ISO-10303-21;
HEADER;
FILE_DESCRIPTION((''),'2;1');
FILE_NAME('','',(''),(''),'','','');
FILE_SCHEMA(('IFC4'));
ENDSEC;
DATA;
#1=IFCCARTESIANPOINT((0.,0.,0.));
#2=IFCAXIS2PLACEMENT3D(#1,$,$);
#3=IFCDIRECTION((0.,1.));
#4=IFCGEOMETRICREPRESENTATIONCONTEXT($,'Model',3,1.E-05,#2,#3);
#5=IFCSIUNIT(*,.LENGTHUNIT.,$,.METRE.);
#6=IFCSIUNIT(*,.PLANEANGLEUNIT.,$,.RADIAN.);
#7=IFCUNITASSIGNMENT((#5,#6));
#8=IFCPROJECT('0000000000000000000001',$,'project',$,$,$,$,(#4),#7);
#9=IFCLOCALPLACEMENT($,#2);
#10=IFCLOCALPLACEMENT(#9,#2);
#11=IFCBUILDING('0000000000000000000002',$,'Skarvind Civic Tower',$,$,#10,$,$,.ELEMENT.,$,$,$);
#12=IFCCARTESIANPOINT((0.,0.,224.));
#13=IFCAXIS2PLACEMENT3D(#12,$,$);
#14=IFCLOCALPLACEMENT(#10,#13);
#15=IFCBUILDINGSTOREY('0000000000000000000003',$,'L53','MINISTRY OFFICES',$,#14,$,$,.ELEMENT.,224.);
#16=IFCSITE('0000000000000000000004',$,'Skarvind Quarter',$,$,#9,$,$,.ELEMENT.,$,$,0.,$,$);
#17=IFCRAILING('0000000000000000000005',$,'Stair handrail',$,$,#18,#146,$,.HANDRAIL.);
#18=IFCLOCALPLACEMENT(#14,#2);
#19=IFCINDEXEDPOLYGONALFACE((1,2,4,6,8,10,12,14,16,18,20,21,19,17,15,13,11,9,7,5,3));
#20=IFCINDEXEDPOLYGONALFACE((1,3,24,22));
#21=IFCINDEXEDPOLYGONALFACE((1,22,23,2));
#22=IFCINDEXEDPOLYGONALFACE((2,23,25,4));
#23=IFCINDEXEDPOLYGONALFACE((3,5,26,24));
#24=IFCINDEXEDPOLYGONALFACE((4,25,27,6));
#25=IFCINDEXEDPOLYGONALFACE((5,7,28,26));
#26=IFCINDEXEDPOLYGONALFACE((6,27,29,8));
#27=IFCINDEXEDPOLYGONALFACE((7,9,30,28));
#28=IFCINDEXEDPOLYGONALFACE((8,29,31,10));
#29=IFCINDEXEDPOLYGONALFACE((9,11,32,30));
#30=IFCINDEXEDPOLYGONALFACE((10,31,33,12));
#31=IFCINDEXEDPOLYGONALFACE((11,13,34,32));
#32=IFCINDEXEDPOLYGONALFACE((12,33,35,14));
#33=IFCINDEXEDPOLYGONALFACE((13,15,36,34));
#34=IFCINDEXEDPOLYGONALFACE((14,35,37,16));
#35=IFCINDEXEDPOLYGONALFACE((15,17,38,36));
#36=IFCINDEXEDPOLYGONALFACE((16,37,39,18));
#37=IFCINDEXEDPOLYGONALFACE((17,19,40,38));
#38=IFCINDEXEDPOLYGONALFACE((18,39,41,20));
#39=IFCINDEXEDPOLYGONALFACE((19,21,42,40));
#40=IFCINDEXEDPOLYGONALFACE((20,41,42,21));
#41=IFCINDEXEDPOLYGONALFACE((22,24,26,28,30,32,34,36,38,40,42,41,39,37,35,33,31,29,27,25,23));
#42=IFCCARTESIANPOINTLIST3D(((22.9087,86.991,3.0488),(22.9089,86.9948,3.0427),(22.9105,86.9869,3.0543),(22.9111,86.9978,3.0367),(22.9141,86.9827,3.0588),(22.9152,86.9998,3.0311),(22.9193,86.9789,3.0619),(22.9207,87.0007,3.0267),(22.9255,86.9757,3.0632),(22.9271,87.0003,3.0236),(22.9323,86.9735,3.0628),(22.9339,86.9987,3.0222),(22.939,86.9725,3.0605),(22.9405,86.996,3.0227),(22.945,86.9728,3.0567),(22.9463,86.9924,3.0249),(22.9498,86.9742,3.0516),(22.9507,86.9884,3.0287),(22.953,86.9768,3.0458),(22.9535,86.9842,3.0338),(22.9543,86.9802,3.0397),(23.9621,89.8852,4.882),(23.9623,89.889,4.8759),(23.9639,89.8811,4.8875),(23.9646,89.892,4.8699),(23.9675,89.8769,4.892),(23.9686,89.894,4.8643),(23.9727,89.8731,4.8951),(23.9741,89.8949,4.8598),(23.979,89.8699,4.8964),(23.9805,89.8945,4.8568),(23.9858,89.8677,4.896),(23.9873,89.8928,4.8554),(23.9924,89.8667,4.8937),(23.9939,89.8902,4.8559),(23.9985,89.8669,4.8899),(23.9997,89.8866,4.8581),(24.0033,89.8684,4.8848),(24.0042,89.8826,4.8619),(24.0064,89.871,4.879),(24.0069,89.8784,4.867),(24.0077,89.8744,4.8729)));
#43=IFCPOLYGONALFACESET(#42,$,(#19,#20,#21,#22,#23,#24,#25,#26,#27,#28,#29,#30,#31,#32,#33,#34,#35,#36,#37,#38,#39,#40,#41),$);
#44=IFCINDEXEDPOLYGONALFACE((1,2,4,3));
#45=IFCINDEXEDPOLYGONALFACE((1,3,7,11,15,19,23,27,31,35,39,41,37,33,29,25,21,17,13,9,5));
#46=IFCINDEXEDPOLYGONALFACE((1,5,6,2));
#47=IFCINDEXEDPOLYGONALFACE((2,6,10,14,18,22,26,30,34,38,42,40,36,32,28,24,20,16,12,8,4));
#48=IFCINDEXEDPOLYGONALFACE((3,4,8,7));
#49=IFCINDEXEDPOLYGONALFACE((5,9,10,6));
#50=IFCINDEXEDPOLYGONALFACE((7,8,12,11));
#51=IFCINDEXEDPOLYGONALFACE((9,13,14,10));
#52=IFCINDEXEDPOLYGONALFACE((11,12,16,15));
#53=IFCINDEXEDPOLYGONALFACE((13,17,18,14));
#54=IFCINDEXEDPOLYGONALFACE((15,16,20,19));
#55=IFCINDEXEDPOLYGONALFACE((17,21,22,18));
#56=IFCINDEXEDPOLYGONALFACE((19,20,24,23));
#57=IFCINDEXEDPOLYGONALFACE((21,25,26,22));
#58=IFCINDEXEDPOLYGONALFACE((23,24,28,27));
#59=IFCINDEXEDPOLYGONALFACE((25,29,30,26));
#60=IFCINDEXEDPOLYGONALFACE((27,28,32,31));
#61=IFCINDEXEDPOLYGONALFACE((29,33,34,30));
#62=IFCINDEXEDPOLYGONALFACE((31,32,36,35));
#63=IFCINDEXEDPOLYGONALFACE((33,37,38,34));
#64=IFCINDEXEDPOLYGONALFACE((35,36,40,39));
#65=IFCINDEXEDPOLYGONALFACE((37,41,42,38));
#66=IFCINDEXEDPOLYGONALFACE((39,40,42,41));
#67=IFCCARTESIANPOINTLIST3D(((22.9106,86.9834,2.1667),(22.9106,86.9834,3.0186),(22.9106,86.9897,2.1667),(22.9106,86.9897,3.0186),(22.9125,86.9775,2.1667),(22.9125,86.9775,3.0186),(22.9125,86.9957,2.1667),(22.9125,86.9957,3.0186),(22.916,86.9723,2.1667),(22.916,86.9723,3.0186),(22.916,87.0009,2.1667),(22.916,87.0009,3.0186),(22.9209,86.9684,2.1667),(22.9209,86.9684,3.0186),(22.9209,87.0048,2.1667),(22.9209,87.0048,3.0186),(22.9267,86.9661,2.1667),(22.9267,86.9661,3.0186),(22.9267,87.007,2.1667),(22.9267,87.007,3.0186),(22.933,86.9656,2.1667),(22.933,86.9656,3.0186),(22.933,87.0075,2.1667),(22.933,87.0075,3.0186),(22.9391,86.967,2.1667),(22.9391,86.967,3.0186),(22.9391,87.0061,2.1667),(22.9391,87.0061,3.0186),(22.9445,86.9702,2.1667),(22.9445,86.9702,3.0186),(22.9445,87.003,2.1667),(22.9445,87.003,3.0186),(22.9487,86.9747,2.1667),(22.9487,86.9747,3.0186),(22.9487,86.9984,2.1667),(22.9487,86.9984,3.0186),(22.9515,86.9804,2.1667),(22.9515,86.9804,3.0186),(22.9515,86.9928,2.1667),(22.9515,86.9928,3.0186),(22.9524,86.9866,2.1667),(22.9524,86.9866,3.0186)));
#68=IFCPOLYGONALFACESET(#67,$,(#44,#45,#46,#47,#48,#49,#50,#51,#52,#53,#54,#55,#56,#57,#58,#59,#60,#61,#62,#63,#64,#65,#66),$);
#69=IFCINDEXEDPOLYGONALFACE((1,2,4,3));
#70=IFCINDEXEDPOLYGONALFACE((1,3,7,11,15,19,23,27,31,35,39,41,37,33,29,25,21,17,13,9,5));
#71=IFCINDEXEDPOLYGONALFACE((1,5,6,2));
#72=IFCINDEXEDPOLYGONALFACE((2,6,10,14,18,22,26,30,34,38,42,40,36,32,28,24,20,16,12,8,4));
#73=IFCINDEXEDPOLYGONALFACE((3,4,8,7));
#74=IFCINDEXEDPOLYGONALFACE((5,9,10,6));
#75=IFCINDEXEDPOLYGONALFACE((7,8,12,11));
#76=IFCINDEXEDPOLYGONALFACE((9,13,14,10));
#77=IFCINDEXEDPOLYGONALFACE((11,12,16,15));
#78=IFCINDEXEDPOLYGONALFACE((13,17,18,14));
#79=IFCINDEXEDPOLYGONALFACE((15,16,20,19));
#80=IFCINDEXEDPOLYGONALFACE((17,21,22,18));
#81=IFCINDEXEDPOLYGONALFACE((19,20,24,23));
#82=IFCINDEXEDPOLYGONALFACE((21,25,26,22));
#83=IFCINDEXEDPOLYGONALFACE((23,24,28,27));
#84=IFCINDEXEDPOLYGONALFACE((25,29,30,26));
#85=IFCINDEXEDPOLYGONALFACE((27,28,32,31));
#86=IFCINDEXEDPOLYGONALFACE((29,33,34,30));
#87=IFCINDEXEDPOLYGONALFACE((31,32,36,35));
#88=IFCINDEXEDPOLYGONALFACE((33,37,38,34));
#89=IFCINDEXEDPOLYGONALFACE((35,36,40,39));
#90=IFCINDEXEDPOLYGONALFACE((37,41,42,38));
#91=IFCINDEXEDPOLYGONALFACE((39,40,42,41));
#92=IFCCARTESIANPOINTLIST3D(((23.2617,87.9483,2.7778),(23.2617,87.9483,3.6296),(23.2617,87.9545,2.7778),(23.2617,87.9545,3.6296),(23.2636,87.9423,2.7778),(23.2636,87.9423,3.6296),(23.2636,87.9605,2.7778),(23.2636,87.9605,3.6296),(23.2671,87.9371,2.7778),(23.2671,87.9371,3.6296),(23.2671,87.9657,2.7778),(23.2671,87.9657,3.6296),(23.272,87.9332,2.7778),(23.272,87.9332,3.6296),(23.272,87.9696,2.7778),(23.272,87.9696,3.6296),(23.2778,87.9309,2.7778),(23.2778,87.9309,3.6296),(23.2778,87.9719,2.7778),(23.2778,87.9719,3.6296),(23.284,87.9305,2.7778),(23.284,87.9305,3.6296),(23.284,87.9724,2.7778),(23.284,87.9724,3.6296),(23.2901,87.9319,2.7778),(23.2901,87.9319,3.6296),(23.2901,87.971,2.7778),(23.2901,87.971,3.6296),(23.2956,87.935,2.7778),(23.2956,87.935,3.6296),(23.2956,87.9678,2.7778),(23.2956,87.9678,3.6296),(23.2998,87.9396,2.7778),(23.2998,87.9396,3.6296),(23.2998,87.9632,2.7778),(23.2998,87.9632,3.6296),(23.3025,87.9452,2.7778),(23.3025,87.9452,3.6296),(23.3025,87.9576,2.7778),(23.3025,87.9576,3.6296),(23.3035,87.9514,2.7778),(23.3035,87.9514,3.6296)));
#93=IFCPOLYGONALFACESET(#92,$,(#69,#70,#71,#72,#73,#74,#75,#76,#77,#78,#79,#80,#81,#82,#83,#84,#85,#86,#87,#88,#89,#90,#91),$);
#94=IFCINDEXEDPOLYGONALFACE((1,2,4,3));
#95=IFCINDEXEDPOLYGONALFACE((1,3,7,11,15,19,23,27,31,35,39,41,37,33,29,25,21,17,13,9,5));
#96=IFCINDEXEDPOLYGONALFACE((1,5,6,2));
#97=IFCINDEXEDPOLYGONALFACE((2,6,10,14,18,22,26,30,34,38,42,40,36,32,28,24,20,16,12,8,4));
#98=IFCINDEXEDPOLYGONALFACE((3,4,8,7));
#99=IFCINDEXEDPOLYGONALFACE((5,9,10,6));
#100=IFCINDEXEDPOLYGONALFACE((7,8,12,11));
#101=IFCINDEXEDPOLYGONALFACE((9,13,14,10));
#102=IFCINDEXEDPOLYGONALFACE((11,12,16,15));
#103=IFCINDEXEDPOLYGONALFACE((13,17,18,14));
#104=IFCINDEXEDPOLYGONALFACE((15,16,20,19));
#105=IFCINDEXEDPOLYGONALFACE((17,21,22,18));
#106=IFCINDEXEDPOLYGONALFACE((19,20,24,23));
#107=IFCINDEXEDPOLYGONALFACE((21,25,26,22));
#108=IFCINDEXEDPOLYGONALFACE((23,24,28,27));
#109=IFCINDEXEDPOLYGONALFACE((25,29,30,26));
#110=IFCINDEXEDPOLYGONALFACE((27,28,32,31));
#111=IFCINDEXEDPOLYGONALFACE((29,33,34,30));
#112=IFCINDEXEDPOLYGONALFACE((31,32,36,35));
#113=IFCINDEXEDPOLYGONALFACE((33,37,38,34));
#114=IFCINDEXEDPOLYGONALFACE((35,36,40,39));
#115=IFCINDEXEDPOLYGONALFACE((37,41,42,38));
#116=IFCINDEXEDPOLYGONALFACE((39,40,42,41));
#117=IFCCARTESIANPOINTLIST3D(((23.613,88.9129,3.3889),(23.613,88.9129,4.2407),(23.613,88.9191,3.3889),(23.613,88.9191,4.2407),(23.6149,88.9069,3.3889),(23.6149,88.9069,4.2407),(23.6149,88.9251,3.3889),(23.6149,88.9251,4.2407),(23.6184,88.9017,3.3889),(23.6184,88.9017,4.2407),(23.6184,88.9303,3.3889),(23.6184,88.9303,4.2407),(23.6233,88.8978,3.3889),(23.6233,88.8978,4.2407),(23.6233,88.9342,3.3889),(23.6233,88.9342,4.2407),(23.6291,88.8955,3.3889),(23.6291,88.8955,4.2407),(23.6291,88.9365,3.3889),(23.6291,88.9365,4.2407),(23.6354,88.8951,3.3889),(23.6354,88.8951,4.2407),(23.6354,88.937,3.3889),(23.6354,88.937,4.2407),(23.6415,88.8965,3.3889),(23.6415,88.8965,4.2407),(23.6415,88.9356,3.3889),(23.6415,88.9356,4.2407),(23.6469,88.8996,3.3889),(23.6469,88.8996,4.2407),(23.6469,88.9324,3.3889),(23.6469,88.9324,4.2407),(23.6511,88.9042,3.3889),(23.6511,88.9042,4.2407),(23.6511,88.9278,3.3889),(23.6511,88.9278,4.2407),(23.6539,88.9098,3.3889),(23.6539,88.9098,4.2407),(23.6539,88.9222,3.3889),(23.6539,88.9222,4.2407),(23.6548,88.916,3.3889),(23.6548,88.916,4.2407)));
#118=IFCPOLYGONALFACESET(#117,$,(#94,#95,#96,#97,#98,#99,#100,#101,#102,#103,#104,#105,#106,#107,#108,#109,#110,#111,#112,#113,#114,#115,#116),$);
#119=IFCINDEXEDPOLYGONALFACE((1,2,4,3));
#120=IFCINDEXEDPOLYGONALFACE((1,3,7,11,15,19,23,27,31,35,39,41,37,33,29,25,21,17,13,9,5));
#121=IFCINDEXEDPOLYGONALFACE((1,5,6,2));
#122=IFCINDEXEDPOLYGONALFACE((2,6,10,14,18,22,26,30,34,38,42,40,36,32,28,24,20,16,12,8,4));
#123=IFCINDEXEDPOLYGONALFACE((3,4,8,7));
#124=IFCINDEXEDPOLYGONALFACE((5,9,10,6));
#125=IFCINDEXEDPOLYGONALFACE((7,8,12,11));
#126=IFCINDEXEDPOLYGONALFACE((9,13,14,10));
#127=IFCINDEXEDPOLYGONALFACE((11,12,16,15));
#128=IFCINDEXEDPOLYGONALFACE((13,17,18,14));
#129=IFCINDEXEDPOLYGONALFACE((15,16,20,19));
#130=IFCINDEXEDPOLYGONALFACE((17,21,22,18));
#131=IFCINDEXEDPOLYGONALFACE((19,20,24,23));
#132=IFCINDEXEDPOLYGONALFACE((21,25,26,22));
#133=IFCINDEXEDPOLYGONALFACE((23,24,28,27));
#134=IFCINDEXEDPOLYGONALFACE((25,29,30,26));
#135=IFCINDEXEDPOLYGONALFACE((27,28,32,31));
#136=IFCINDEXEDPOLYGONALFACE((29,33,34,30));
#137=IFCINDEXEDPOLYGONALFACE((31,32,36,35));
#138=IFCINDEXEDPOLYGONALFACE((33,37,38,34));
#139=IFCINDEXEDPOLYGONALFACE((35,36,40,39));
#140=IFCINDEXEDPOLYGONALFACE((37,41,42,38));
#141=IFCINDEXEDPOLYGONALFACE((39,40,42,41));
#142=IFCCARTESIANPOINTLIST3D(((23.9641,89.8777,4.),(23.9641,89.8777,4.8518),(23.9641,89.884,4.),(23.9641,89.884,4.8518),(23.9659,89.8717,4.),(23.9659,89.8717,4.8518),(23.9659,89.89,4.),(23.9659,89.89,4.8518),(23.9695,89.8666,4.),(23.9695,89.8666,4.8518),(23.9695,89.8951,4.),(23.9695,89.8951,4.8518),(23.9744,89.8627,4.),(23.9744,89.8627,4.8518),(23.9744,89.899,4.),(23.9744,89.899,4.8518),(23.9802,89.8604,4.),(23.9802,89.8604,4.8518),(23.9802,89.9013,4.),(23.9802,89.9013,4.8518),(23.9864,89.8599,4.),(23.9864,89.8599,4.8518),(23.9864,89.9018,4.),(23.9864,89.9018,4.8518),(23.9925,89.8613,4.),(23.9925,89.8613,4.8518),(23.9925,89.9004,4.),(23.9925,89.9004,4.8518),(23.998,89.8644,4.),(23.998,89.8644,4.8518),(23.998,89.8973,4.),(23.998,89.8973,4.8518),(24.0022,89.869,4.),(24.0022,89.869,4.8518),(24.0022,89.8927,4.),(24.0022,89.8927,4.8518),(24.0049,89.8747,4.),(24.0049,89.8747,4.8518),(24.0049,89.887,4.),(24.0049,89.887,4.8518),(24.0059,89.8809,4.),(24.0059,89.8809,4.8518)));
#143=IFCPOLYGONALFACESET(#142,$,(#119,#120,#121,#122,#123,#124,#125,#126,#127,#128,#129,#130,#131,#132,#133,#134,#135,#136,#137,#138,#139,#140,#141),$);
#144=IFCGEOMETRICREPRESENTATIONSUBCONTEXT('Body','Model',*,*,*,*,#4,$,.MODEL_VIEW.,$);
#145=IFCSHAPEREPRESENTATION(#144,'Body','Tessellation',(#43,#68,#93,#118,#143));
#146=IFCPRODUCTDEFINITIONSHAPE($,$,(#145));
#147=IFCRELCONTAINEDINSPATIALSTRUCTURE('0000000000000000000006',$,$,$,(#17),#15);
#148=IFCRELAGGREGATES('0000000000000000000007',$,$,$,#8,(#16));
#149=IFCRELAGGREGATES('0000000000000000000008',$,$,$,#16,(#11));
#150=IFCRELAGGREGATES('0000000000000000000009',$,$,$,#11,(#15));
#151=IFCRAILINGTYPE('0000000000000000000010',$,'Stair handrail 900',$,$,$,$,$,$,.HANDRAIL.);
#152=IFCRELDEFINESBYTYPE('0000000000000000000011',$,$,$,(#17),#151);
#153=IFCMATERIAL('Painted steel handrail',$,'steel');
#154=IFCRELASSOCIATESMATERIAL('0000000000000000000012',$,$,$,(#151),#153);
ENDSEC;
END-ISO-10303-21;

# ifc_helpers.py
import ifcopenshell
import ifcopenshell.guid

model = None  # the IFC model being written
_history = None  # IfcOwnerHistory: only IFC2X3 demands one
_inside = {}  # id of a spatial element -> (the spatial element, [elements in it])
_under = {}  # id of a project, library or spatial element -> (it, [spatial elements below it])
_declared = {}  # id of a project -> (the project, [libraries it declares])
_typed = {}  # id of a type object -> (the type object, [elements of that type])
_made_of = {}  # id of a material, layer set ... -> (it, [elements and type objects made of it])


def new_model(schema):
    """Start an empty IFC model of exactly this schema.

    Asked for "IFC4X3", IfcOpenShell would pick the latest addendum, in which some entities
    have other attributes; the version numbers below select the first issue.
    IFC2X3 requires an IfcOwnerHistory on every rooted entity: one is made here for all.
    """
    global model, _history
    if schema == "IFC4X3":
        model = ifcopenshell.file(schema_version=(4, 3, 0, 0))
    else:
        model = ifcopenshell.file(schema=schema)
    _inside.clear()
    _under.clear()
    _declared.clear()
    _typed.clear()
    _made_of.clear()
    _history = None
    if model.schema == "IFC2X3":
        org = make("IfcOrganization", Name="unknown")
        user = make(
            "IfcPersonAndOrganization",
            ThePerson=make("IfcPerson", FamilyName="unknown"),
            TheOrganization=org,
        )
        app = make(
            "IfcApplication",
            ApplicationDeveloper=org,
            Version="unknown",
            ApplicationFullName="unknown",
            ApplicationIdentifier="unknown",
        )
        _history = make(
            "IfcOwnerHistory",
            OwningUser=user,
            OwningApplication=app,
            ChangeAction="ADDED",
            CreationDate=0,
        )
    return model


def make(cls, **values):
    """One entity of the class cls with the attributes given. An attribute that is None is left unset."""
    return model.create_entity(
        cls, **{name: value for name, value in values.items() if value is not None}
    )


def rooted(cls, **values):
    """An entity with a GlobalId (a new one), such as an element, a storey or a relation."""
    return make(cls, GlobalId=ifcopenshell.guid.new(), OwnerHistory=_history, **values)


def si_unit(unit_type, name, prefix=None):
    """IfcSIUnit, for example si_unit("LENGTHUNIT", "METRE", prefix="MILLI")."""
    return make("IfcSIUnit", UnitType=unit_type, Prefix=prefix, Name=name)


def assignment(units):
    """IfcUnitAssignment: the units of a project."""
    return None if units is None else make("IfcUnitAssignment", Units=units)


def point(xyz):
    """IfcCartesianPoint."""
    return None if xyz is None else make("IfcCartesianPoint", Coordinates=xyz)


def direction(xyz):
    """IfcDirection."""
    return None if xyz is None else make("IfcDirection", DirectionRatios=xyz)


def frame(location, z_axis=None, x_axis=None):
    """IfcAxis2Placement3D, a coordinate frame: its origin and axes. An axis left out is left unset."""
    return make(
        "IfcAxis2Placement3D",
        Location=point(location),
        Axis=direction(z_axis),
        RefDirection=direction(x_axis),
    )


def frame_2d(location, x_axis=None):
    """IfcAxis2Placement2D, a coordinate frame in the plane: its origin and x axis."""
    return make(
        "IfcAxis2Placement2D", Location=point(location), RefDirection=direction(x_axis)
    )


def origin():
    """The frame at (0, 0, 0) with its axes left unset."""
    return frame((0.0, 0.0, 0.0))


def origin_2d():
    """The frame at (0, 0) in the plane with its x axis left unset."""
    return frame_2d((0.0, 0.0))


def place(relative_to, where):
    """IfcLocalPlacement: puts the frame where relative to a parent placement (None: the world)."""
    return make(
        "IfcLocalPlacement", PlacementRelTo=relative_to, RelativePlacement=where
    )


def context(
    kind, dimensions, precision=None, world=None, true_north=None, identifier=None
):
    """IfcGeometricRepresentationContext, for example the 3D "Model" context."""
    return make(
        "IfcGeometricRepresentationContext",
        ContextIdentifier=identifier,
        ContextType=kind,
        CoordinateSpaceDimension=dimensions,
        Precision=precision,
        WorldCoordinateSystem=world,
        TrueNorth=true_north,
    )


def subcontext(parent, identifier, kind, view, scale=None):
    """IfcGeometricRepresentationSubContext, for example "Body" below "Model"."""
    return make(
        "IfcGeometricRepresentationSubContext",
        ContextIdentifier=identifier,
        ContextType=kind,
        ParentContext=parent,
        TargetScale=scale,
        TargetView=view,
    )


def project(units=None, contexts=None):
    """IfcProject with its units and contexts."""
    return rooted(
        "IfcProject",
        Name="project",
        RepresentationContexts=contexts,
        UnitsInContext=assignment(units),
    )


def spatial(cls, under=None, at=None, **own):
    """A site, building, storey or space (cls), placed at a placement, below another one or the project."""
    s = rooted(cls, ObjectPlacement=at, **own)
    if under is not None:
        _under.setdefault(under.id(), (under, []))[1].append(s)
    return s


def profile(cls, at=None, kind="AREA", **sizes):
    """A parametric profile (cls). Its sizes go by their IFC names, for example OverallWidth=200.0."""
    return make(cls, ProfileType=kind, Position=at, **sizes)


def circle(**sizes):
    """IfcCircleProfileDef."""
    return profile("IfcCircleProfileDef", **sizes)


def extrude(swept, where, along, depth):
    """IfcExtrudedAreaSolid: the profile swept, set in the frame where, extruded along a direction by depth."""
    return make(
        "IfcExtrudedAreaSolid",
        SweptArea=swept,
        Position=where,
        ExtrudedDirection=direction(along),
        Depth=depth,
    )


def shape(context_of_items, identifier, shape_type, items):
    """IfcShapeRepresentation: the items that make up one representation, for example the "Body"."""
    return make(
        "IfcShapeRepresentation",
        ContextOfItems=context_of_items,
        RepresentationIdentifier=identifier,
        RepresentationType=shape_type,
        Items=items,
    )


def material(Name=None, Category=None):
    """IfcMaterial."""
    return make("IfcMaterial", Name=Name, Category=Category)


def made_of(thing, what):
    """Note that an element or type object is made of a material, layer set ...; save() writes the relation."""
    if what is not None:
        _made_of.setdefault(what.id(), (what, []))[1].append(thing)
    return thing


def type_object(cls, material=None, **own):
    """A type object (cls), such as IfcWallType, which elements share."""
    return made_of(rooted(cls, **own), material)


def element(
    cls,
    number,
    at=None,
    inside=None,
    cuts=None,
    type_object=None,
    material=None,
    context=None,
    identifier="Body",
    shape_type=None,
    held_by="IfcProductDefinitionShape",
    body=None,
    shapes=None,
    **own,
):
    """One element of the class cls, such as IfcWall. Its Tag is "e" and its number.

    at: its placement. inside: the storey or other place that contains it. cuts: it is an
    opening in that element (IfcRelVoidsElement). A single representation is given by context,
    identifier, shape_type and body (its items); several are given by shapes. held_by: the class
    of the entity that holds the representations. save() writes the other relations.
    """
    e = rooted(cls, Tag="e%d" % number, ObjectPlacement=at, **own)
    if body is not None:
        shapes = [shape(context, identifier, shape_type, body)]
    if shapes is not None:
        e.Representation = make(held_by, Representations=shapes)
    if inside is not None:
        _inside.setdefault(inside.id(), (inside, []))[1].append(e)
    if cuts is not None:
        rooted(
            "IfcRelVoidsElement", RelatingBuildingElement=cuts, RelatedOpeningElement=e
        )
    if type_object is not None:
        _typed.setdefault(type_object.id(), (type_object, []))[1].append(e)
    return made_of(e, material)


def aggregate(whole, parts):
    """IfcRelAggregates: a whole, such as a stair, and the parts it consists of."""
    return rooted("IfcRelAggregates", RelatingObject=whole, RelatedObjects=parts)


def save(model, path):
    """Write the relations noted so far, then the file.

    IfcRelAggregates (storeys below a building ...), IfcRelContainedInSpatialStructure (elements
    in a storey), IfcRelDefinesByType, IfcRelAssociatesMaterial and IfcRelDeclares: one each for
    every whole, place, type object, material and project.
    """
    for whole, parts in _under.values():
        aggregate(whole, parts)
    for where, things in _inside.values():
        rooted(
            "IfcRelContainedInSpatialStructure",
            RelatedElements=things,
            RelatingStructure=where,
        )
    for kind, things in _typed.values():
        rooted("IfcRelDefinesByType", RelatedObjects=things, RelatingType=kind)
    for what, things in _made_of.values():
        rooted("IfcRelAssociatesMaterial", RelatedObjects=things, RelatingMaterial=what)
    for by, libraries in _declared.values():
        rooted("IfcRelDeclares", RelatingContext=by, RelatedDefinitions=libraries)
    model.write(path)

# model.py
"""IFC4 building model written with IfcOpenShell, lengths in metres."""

from ifc_helpers import new_model, si_unit, direction, frame, origin, origin_2d, place, context, subcontext, project, spatial, circle, extrude, material, type_object, element, save


model = new_model("IFC4")

# Units and contexts
model_context = context("Model", 3, precision=1e-05, world=origin(), true_north=direction((0.0, 1.0)))
body_context = subcontext(model_context, "Body", "Model", "MODEL_VIEW")
ifc_project = project(units=[si_unit("LENGTHUNIT", "METRE"), si_unit("PLANEANGLEUNIT", "RADIAN")], contexts=[model_context])

# Site, building, storey
site_placement = place(None, origin())
site = spatial("IfcSite", under=ifc_project, at=site_placement, Name="Skarvind Quarter", CompositionType="ELEMENT", RefElevation=0.0)
building_placement = place(site_placement, origin())
building = spatial("IfcBuilding", under=site, at=building_placement, Name="Skarvind Civic Tower", CompositionType="ELEMENT")
storey_placement = place(building_placement, frame((0.0, 0.0, 224.0)))
storey = spatial("IfcBuildingStorey", under=building, at=storey_placement, Name="L53", Description="MINISTRY OFFICES", CompositionType="ELEMENT", Elevation=224.0)

# Railing
ifc_material_1 = material(Name="Painted steel handrail", Category="steel")
railing_type = type_object("IfcRailingType", Name="Stair handrail 900", PredefinedType="HANDRAIL", material=ifc_material_1)
railing_1_placement = place(storey_placement, frame((22.9314, 86.9866, 2.1667)))
element("IfcRailing", 1, at=railing_1_placement, inside=storey, type_object=railing_type, Name="Stair handrail", PredefinedType="HANDRAIL", context=body_context, shape_type="SweptSolid", body=[
    extrude(circle(Radius=0.0239, at=origin_2d()), frame((0.0, 0.0, 0.876), z_axis=(0.293908, 0.807481, 0.511461), x_axis=(-0.939689, 0.342029, 0.0)), (0.0, 0.0, 1.0), 3.5842),
    extrude(circle(Radius=0.021, at=origin_2d()), origin(), (0.0, 0.0, 1.0), 0.8518),
    extrude(circle(Radius=0.021, at=origin_2d()), frame((0.3511, 0.9648, 0.6111)), (0.0, 0.0, 1.0), 0.8518),
    extrude(circle(Radius=0.021, at=origin_2d()), frame((0.7024, 1.9294, 1.2222)), (0.0, 0.0, 1.0), 0.8518),
    extrude(circle(Radius=0.021, at=origin_2d()), frame((1.0535, 2.8943, 1.8333)), (0.0, 0.0, 1.0), 0.8518),
])

save(model, "model.ifc")
